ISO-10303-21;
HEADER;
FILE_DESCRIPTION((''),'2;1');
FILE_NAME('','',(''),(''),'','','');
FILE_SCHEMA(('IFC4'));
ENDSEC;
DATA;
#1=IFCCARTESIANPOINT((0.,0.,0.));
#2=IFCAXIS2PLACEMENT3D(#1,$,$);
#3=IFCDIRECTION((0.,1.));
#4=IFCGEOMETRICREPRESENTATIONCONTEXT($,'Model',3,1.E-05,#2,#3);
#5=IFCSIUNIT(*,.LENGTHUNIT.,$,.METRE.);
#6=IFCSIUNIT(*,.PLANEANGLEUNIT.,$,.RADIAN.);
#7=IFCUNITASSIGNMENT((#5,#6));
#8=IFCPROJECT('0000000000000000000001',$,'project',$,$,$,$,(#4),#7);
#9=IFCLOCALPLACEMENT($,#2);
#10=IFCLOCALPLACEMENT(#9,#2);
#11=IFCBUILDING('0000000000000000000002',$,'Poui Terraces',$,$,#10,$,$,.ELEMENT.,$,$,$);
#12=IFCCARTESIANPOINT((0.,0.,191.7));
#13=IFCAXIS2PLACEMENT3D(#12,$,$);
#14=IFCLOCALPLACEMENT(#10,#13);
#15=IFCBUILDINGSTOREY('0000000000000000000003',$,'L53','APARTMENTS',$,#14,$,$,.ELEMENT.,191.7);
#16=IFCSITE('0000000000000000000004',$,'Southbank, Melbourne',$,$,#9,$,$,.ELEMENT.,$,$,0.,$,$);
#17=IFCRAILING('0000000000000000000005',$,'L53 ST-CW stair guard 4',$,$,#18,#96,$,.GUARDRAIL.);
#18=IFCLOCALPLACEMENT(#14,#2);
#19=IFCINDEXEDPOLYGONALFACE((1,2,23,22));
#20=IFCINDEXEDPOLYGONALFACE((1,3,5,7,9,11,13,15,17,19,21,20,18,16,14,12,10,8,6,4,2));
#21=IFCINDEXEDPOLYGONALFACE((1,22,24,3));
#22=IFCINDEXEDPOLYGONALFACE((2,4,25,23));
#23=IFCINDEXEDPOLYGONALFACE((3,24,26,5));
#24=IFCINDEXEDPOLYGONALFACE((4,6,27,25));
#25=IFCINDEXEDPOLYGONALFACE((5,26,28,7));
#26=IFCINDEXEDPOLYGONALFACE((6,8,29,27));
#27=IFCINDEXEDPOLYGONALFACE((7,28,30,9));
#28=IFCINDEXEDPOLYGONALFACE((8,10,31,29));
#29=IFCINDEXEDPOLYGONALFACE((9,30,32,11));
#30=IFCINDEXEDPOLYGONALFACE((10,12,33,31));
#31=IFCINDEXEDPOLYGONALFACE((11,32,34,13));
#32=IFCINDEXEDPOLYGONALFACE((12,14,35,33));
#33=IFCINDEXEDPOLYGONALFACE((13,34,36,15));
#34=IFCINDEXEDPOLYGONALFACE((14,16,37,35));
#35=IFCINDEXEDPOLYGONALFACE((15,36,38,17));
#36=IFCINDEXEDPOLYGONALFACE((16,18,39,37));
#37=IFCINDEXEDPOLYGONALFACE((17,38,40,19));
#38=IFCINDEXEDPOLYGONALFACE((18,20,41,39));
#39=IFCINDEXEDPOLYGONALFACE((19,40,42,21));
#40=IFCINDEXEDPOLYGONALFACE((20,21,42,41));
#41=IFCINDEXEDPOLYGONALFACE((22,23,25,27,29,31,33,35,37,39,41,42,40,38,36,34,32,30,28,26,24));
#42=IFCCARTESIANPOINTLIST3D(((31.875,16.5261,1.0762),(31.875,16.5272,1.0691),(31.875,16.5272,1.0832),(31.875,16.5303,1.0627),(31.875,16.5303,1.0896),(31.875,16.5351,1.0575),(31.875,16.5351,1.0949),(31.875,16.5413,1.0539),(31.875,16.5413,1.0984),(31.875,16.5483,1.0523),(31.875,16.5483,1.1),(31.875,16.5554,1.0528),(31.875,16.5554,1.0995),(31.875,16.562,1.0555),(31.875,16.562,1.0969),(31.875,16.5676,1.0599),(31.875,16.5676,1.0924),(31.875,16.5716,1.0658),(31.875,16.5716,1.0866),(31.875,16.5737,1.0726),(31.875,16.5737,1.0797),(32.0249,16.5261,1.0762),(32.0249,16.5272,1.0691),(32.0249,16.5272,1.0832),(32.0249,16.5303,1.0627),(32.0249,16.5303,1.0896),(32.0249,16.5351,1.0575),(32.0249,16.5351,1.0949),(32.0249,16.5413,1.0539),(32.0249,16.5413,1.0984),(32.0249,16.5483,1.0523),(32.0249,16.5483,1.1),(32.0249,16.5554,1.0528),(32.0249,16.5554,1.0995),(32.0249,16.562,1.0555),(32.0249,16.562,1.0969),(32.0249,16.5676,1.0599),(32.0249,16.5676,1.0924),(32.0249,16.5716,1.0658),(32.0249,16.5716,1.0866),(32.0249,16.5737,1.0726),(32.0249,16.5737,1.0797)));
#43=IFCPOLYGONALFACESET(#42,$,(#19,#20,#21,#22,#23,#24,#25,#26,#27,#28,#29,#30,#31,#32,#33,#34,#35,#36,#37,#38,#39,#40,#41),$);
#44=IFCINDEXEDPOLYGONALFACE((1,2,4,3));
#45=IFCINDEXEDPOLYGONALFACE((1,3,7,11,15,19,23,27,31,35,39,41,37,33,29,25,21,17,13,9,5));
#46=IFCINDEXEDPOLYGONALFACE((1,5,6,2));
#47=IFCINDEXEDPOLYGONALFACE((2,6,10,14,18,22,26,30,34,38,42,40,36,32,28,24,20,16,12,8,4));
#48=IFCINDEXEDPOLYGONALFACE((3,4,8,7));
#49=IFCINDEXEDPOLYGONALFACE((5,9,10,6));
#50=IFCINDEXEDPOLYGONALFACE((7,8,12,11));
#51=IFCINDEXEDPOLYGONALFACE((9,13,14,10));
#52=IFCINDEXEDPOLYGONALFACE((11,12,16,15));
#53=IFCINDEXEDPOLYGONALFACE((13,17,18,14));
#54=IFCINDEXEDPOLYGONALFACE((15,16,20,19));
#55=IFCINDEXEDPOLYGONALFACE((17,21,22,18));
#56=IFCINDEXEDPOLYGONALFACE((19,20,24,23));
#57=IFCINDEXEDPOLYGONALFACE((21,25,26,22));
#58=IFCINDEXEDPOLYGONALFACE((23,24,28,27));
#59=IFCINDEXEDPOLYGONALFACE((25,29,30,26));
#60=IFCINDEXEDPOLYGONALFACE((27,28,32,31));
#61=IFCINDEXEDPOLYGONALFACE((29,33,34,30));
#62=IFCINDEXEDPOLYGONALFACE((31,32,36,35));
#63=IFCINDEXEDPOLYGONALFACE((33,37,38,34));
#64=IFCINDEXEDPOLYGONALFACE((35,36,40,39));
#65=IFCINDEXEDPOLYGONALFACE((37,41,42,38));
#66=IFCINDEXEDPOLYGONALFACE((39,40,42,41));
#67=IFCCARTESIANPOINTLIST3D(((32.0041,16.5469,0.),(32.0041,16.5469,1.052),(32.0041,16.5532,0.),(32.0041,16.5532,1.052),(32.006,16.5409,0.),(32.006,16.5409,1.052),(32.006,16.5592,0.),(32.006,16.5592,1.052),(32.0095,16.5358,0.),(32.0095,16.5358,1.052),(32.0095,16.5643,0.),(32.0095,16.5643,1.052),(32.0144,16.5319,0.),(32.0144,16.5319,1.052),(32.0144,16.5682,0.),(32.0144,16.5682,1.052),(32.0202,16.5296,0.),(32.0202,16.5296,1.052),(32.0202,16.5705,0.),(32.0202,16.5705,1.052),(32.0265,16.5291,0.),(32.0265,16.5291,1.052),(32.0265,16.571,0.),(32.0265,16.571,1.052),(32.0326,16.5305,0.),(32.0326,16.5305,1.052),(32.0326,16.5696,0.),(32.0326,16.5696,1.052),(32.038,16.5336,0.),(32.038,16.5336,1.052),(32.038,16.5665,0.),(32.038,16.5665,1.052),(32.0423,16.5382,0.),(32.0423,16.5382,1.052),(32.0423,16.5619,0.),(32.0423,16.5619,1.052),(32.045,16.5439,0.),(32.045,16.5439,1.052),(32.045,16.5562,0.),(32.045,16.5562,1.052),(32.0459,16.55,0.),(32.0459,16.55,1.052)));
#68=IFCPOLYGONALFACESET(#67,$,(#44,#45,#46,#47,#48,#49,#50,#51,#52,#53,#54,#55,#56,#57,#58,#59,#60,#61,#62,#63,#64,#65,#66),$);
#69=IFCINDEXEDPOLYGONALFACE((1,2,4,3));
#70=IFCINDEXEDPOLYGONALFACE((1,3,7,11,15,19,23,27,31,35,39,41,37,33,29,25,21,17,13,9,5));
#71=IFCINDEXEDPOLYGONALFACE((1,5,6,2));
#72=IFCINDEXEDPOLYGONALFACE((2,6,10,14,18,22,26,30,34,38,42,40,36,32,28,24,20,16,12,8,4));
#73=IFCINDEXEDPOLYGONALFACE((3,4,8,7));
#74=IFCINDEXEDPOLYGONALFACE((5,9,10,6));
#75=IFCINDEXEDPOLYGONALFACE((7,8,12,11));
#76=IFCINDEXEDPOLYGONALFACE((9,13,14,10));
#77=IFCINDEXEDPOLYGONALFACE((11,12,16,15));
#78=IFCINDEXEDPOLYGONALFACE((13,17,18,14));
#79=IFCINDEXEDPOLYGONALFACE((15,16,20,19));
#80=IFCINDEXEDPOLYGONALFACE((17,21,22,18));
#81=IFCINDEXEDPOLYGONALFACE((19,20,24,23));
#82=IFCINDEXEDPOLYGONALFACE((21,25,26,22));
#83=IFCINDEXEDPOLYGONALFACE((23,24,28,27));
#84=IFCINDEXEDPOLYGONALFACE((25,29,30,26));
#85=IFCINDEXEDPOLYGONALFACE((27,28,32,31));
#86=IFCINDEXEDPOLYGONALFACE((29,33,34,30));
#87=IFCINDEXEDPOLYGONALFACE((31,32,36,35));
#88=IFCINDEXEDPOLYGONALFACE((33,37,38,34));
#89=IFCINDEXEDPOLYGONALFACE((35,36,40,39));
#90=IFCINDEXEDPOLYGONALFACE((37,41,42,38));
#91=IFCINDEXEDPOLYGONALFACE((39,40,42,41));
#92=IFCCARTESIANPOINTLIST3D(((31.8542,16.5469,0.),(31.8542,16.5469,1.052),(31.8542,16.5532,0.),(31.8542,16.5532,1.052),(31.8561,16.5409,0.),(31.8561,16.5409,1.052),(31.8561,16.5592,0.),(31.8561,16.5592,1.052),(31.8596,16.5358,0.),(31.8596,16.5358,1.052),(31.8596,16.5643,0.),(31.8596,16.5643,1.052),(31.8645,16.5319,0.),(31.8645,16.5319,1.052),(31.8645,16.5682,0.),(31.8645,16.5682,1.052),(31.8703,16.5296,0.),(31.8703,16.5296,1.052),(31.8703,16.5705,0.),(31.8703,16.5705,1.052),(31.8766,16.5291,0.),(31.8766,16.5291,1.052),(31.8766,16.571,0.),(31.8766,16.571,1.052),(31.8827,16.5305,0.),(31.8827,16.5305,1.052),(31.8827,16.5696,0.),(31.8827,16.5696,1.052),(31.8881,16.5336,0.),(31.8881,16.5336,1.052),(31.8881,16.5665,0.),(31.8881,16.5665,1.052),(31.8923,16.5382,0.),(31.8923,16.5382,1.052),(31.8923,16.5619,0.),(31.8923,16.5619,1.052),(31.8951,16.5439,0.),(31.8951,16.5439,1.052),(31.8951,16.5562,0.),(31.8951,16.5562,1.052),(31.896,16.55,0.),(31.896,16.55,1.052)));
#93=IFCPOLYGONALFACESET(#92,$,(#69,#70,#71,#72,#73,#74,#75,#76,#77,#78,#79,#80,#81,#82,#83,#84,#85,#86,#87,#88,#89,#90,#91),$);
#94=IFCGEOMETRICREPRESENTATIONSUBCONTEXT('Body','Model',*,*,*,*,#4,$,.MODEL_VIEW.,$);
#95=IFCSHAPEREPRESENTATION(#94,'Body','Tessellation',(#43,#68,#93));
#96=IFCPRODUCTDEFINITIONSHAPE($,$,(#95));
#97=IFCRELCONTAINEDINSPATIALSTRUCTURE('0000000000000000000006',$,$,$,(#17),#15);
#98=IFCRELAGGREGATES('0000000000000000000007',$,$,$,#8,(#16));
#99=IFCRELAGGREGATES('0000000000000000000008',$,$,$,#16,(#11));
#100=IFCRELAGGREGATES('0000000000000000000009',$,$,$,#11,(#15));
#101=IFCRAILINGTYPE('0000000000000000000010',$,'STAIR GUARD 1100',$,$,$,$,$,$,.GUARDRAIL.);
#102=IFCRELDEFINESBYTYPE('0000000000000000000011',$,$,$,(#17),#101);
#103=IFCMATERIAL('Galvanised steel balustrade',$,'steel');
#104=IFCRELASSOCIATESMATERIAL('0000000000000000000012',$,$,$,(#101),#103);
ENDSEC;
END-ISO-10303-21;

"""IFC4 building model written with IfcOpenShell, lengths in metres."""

from ifc_helpers import new_model, si_unit, direction, frame, origin, origin_2d, place, context, subcontext, project, spatial, circle, extrude, material, type_object, element, save


model = new_model("IFC4")

# Units and contexts
model_context = context("Model", 3, precision=1e-05, world=origin(), true_north=direction((0.0, 1.0)))
body_context = subcontext(model_context, "Body", "Model", "MODEL_VIEW")
ifc_project = project(units=[si_unit("LENGTHUNIT", "METRE"), si_unit("PLANEANGLEUNIT", "RADIAN")], contexts=[model_context])

# Site, building, storey
site_placement = place(None, origin())
site = spatial("IfcSite", under=ifc_project, at=site_placement, Name="Southbank, Melbourne", CompositionType="ELEMENT", RefElevation=0.0)
building_placement = place(site_placement, origin())
building = spatial("IfcBuilding", under=site, at=building_placement, Name="Poui Terraces", CompositionType="ELEMENT")
storey_placement = place(building_placement, frame((0.0, 0.0, 191.7)))
storey = spatial("IfcBuildingStorey", under=building, at=storey_placement, Name="L53", Description="APARTMENTS", CompositionType="ELEMENT", Elevation=191.7)

# Railing
ifc_material_1 = material(Name="Galvanised steel balustrade", Category="steel")
railing_type_1 = type_object("IfcRailingType", Name="STAIR GUARD 1100", PredefinedType="GUARDRAIL", material=ifc_material_1)
railing_1_placement = place(storey_placement, frame((32.0249, 16.55, 0.0)))
element("IfcRailing", 1, at=railing_1_placement, inside=storey, type_object=railing_type_1, Name="L53 ST-CW stair guard 4", PredefinedType="GUARDRAIL", context=body_context, shape_type="SweptSolid", body=[
    extrude(circle(Radius=0.0239, at=origin_2d()), frame((0.0, 0.0, 1.0762), z_axis=(-1.0, 0.0, 0.0), x_axis=(0.0, -1.0, 0.0)), (0.0, 0.0, 1.0), 0.1499),
    extrude(circle(Radius=0.021, at=origin_2d()), origin(), (0.0, 0.0, 1.0), 1.052),
    extrude(circle(Radius=0.021, at=origin_2d()), frame((-0.1499, 0.0, 0.0)), (0.0, 0.0, 1.0), 1.052),
])

save(model, "model.ifc")
